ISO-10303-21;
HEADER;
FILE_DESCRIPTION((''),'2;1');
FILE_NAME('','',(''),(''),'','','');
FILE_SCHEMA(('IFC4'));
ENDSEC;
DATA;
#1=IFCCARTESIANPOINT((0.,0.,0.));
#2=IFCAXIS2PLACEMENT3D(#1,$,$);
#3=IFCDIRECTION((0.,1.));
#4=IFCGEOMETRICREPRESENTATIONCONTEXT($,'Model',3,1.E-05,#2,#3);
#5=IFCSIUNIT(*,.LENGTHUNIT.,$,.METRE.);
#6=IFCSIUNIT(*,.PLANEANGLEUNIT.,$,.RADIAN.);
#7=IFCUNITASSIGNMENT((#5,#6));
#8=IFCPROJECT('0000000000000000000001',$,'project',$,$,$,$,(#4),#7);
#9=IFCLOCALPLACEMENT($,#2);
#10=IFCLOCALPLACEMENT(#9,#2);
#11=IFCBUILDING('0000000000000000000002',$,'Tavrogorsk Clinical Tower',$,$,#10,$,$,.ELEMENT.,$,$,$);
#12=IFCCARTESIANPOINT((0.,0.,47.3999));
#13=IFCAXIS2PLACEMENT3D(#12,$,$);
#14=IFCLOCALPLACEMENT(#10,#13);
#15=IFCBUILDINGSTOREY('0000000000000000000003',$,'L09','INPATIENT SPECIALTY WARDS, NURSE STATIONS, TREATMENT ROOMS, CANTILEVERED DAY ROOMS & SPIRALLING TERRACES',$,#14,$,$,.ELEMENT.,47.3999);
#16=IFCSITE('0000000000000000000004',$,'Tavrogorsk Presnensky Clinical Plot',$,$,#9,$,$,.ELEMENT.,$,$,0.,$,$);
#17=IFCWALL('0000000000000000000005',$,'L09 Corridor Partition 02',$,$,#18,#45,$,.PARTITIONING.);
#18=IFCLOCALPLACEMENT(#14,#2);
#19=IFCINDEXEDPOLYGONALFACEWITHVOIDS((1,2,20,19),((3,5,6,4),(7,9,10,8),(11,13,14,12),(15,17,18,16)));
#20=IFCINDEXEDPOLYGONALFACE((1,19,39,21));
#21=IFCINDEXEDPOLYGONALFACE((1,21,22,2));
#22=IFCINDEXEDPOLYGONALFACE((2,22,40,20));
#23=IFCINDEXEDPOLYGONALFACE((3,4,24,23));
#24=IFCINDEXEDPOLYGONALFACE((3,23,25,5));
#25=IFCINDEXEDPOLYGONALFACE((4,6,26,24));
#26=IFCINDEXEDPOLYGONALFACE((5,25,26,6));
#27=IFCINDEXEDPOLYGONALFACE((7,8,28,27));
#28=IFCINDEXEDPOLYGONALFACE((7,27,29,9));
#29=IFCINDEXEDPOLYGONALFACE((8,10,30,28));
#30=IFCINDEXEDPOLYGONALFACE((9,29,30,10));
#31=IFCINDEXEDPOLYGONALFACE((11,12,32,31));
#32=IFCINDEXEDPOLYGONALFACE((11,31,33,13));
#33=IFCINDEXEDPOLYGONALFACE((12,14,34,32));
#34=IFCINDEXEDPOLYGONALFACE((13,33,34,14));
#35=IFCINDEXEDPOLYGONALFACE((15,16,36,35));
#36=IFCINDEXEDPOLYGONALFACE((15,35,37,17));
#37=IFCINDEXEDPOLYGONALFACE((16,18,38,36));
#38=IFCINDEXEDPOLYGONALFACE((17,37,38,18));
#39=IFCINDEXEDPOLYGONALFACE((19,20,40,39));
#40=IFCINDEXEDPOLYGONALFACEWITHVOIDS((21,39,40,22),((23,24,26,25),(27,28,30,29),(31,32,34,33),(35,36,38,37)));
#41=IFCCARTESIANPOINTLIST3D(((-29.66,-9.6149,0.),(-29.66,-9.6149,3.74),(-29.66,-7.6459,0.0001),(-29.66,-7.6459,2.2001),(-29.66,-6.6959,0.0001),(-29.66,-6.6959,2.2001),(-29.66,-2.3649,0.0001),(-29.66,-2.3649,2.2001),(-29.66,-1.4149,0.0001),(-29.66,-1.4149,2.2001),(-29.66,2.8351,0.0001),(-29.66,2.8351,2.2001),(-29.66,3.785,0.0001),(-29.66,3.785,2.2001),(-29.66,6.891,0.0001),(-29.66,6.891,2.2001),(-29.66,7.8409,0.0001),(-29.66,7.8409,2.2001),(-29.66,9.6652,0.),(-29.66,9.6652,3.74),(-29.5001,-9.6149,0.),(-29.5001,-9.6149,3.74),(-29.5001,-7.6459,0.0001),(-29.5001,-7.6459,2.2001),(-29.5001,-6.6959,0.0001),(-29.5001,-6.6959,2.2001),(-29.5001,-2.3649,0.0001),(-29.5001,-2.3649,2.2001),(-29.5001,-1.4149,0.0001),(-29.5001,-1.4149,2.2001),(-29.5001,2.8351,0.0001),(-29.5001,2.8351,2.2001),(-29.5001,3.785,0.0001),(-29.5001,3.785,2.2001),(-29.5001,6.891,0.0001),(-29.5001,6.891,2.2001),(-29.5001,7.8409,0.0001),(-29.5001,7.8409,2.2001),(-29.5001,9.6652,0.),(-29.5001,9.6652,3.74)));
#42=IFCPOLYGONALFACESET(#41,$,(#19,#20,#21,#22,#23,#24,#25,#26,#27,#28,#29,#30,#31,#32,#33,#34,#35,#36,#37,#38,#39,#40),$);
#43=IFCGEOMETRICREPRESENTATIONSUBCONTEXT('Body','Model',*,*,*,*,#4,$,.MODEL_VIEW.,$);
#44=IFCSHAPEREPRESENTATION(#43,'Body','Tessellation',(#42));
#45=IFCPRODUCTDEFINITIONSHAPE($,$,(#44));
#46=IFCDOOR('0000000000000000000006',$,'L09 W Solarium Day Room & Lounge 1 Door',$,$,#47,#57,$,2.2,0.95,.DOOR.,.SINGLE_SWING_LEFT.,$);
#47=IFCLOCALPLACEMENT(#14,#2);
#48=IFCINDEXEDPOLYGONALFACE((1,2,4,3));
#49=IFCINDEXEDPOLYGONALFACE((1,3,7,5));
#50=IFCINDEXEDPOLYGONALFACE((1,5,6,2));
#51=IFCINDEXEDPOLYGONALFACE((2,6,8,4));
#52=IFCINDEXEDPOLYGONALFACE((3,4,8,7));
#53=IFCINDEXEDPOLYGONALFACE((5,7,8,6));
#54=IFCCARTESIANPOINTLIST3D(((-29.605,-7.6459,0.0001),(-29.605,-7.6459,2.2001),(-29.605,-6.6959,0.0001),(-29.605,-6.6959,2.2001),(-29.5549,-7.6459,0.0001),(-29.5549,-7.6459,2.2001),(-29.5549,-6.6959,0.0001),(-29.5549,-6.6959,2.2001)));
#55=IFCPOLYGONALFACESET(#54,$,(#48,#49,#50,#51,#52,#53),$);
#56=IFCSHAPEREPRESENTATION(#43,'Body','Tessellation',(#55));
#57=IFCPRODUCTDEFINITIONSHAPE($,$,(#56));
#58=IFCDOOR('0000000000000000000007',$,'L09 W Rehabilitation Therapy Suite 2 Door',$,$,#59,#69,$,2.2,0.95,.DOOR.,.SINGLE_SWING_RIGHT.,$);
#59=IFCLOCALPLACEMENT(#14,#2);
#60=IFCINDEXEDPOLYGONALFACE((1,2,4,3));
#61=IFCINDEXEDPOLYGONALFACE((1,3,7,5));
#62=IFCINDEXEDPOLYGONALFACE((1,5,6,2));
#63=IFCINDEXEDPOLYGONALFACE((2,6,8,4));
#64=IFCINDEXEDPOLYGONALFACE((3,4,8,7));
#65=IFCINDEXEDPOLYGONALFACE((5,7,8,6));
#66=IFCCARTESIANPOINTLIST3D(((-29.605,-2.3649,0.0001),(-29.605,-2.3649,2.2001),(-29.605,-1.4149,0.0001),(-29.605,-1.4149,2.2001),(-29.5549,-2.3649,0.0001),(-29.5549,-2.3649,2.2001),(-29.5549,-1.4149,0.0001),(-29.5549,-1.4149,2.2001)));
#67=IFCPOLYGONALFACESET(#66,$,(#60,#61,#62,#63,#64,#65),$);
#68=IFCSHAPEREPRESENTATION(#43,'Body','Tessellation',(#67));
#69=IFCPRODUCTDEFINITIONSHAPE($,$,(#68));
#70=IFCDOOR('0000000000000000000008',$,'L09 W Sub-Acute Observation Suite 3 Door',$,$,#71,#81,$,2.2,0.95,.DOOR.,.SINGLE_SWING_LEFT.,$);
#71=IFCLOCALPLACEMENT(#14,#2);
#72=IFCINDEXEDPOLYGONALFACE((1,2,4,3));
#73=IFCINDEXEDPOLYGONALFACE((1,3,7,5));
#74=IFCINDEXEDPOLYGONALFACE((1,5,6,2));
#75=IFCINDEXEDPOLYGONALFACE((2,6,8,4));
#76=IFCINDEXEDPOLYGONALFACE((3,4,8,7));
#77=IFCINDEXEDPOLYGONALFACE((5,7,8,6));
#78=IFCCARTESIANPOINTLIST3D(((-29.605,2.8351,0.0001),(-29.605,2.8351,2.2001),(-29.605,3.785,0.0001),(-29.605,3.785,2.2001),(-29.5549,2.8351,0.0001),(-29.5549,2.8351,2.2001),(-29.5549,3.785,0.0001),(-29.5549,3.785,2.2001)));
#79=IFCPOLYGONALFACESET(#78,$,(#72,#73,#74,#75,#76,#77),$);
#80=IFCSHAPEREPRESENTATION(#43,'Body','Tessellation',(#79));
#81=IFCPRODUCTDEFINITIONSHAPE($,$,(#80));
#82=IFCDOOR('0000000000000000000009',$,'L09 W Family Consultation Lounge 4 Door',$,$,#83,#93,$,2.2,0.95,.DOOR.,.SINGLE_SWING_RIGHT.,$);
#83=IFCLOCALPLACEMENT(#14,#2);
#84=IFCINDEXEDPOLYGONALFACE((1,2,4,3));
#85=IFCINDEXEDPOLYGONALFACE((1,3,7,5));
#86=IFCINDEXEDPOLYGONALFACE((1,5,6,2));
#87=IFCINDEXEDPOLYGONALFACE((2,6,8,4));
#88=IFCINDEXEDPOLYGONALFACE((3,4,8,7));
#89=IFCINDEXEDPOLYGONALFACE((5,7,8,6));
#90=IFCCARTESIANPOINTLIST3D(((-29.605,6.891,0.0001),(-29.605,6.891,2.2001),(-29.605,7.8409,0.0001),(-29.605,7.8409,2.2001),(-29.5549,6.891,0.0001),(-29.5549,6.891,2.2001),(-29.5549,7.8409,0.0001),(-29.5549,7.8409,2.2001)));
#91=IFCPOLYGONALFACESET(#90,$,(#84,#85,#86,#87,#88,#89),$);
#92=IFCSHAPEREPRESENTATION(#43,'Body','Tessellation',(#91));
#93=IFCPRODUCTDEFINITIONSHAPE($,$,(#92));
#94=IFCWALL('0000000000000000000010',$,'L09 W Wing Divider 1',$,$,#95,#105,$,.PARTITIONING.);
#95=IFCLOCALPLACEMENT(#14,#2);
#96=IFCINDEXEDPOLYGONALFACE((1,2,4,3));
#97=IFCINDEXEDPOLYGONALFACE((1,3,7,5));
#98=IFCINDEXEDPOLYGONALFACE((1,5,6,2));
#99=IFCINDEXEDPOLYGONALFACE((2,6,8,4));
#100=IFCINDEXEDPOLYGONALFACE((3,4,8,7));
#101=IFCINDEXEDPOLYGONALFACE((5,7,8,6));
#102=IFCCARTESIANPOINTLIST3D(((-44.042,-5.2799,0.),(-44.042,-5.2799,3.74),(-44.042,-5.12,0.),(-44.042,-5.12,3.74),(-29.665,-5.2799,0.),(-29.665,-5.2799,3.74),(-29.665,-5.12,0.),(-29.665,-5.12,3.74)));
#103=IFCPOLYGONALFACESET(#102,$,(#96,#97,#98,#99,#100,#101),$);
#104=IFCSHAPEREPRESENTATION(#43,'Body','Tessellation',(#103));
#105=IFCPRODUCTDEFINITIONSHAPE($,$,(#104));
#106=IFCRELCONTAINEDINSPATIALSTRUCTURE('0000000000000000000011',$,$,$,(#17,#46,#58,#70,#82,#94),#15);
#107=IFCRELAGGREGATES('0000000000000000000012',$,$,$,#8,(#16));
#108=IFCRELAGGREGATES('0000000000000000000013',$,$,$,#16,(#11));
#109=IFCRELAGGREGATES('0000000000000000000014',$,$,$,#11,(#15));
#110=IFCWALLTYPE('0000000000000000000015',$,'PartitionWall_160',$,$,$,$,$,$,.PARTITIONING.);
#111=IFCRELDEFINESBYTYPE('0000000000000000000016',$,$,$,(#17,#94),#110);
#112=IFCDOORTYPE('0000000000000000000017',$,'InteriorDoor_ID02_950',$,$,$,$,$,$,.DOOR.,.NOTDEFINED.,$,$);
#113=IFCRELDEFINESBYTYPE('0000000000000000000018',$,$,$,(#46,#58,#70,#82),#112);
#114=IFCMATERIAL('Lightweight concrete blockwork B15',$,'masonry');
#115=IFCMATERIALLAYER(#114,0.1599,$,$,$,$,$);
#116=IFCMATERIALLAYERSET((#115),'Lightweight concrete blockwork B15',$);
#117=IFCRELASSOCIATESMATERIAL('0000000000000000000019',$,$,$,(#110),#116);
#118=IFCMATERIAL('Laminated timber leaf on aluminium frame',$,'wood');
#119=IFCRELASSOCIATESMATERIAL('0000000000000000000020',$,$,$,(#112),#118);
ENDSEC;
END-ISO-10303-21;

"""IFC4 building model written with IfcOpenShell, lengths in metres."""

from ifc_helpers import new_model, si_unit, direction, frame, frame_2d, origin, place, context, subcontext, project, spatial, rectangle, extrude, material, layer, layer_set, type_object, element, fill, save


model = new_model("IFC4")

# Units and contexts
model_context = context("Model", 3, precision=1e-05, world=origin(), true_north=direction((0.0, 1.0)))
body_context = subcontext(model_context, "Body", "Model", "MODEL_VIEW")
ifc_project = project(units=[si_unit("LENGTHUNIT", "METRE"), si_unit("PLANEANGLEUNIT", "RADIAN")], contexts=[model_context])

# Site, building, storey
site_placement = place(None, origin())
site = spatial("IfcSite", under=ifc_project, at=site_placement, Name="Tavrogorsk Presnensky Clinical Plot", CompositionType="ELEMENT", RefElevation=0.0)
building_placement = place(site_placement, origin())
building = spatial("IfcBuilding", under=site, at=building_placement, Name="Tavrogorsk Clinical Tower", CompositionType="ELEMENT")
storey_placement = place(building_placement, frame((0.0, 0.0, 47.3999)))
storey = spatial("IfcBuildingStorey", under=building, at=storey_placement, Name="L09", Description="INPATIENT SPECIALTY WARDS, NURSE STATIONS, TREATMENT ROOMS, CANTILEVERED DAY ROOMS & SPIRALLING TERRACES", CompositionType="ELEMENT", Elevation=47.3999)

# Shared definitions
ifc_material_1 = material(Name="Lightweight concrete blockwork B15", Category="masonry")
ifc_layer_1 = layer(ifc_material_1, 0.1599)
ifc_layer_set_1 = layer_set([ifc_layer_1], Name="Lightweight concrete blockwork B15")
wall_type_1 = type_object("IfcWallType", Name="PartitionWall_160", PredefinedType="PARTITIONING", material=ifc_layer_set_1)

# Wall, openings, doors
wall_1_placement = place(storey_placement, frame((-29.5801, -9.615, 0.0), z_axis=(0.0, 0.0, 1.0), x_axis=(0.0, 1.0, 0.0)))
wall_1 = element("IfcWall", 1, at=wall_1_placement, inside=storey, type_object=wall_type_1, Name="L09 Corridor Partition 02", PredefinedType="PARTITIONING", context=body_context, shape_type="SweptSolid", body=[
    extrude(rectangle(XDim=19.28, YDim=0.1599, at=frame_2d((9.6401, 0.0))), origin(), (0.0, 0.0, 1.0), 3.74),
])
opening_1_placement = place(wall_1_placement, frame((1.969, 0.0, 0.0)))
opening_1 = element("IfcOpeningElement", 2, at=opening_1_placement, cuts=wall_1, PredefinedType="OPENING", context=body_context, shape_type="SweptSolid", body=[
    extrude(rectangle(XDim=0.95, YDim=2.2, at=frame_2d((0.4751, 1.1001))), frame((0.0, 0.0898, 0.0), z_axis=(0.0, -1.0, 0.0), x_axis=(1.0, 0.0, 0.0)), (0.0, 0.0, 1.0), 0.1799),
])
opening_2_placement = place(wall_1_placement, frame((7.25, 0.0, 0.0)))
opening_2 = element("IfcOpeningElement", 3, at=opening_2_placement, cuts=wall_1, PredefinedType="OPENING", context=body_context, shape_type="SweptSolid", body=[
    extrude(rectangle(XDim=0.95, YDim=2.2, at=frame_2d((0.4751, 1.1001))), frame((0.0, 0.0898, 0.0), z_axis=(0.0, -1.0, 0.0), x_axis=(1.0, 0.0, 0.0)), (0.0, 0.0, 1.0), 0.1799),
])
opening_3_placement = place(wall_1_placement, frame((12.45, 0.0, 0.0)))
opening_3 = element("IfcOpeningElement", 4, at=opening_3_placement, cuts=wall_1, PredefinedType="OPENING", context=body_context, shape_type="SweptSolid", body=[
    extrude(rectangle(XDim=0.95, YDim=2.2, at=frame_2d((0.4751, 1.1001))), frame((0.0, 0.0898, 0.0), z_axis=(0.0, -1.0, 0.0), x_axis=(1.0, 0.0, 0.0)), (0.0, 0.0, 1.0), 0.1799),
])
opening_4_placement = place(wall_1_placement, frame((16.5059, 0.0, 0.0)))
opening_4 = element("IfcOpeningElement", 5, at=opening_4_placement, cuts=wall_1, PredefinedType="OPENING", context=body_context, shape_type="SweptSolid", body=[
    extrude(rectangle(XDim=0.95, YDim=2.2, at=frame_2d((0.4751, 1.1001))), frame((0.0, 0.0898, 0.0), z_axis=(0.0, -1.0, 0.0), x_axis=(1.0, 0.0, 0.0)), (0.0, 0.0, 1.0), 0.1799),
])
ifc_material_2 = material(Name="Laminated timber leaf on aluminium frame", Category="wood")
door_type = type_object("IfcDoorType", Name="InteriorDoor_ID02_950", OperationType="NOTDEFINED", PredefinedType="DOOR", material=ifc_material_2)
door_1_placement = place(opening_1_placement, origin())
door_1 = element("IfcDoor", 6, at=door_1_placement, inside=storey, type_object=door_type, Name="L09 W Solarium Day Room & Lounge 1 Door", OperationType="SINGLE_SWING_LEFT", OverallHeight=2.2, OverallWidth=0.95, PredefinedType="DOOR", context=body_context, shape_type="SweptSolid", body=[
    extrude(rectangle(XDim=0.95, YDim=2.2, at=frame_2d((0.4751, 1.1001))), frame((0.0, 0.0249, 0.0), z_axis=(0.0, -1.0, 0.0), x_axis=(1.0, 0.0, 0.0)), (0.0, 0.0, 1.0), 0.05),
])
fill(opening_1, door_1)
door_2_placement = place(opening_2_placement, origin())
door_2 = element("IfcDoor", 7, at=door_2_placement, inside=storey, type_object=door_type, Name="L09 W Rehabilitation Therapy Suite 2 Door", OperationType="SINGLE_SWING_RIGHT", OverallHeight=2.2, OverallWidth=0.95, PredefinedType="DOOR", context=body_context, shape_type="SweptSolid", body=[
    extrude(rectangle(XDim=0.95, YDim=2.2, at=frame_2d((0.4751, 1.1001))), frame((0.0, 0.0249, 0.0), z_axis=(0.0, -1.0, 0.0), x_axis=(1.0, 0.0, 0.0)), (0.0, 0.0, 1.0), 0.05),
])
fill(opening_2, door_2)
door_3_placement = place(opening_3_placement, origin())
door_3 = element("IfcDoor", 8, at=door_3_placement, inside=storey, type_object=door_type, Name="L09 W Sub-Acute Observation Suite 3 Door", OperationType="SINGLE_SWING_LEFT", OverallHeight=2.2, OverallWidth=0.95, PredefinedType="DOOR", context=body_context, shape_type="SweptSolid", body=[
    extrude(rectangle(XDim=0.95, YDim=2.2, at=frame_2d((0.4751, 1.1001))), frame((0.0, 0.0249, 0.0), z_axis=(0.0, -1.0, 0.0), x_axis=(1.0, 0.0, 0.0)), (0.0, 0.0, 1.0), 0.05),
])
fill(opening_3, door_3)
door_4_placement = place(opening_4_placement, origin())
door_4 = element("IfcDoor", 9, at=door_4_placement, inside=storey, type_object=door_type, Name="L09 W Family Consultation Lounge 4 Door", OperationType="SINGLE_SWING_RIGHT", OverallHeight=2.2, OverallWidth=0.95, PredefinedType="DOOR", context=body_context, shape_type="SweptSolid", body=[
    extrude(rectangle(XDim=0.95, YDim=2.2, at=frame_2d((0.4751, 1.1001))), frame((0.0, 0.0249, 0.0), z_axis=(0.0, -1.0, 0.0), x_axis=(1.0, 0.0, 0.0)), (0.0, 0.0, 1.0), 0.05),
])
fill(opening_4, door_4)

# Wall
wall_2_placement = place(storey_placement, frame((-44.042, -5.2, 0.0), z_axis=(0.0, 0.0, 1.0), x_axis=(1.0, 0.0, 0.0)))
element("IfcWall", 10, at=wall_2_placement, inside=storey, type_object=wall_type_1, Name="L09 W Wing Divider 1", PredefinedType="PARTITIONING", context=body_context, shape_type="SweptSolid", body=[
    extrude(rectangle(XDim=14.377, YDim=0.1599, at=frame_2d((7.1885, 0.0))), origin(), (0.0, 0.0, 1.0), 3.74),
])

save(model, "model.ifc")
